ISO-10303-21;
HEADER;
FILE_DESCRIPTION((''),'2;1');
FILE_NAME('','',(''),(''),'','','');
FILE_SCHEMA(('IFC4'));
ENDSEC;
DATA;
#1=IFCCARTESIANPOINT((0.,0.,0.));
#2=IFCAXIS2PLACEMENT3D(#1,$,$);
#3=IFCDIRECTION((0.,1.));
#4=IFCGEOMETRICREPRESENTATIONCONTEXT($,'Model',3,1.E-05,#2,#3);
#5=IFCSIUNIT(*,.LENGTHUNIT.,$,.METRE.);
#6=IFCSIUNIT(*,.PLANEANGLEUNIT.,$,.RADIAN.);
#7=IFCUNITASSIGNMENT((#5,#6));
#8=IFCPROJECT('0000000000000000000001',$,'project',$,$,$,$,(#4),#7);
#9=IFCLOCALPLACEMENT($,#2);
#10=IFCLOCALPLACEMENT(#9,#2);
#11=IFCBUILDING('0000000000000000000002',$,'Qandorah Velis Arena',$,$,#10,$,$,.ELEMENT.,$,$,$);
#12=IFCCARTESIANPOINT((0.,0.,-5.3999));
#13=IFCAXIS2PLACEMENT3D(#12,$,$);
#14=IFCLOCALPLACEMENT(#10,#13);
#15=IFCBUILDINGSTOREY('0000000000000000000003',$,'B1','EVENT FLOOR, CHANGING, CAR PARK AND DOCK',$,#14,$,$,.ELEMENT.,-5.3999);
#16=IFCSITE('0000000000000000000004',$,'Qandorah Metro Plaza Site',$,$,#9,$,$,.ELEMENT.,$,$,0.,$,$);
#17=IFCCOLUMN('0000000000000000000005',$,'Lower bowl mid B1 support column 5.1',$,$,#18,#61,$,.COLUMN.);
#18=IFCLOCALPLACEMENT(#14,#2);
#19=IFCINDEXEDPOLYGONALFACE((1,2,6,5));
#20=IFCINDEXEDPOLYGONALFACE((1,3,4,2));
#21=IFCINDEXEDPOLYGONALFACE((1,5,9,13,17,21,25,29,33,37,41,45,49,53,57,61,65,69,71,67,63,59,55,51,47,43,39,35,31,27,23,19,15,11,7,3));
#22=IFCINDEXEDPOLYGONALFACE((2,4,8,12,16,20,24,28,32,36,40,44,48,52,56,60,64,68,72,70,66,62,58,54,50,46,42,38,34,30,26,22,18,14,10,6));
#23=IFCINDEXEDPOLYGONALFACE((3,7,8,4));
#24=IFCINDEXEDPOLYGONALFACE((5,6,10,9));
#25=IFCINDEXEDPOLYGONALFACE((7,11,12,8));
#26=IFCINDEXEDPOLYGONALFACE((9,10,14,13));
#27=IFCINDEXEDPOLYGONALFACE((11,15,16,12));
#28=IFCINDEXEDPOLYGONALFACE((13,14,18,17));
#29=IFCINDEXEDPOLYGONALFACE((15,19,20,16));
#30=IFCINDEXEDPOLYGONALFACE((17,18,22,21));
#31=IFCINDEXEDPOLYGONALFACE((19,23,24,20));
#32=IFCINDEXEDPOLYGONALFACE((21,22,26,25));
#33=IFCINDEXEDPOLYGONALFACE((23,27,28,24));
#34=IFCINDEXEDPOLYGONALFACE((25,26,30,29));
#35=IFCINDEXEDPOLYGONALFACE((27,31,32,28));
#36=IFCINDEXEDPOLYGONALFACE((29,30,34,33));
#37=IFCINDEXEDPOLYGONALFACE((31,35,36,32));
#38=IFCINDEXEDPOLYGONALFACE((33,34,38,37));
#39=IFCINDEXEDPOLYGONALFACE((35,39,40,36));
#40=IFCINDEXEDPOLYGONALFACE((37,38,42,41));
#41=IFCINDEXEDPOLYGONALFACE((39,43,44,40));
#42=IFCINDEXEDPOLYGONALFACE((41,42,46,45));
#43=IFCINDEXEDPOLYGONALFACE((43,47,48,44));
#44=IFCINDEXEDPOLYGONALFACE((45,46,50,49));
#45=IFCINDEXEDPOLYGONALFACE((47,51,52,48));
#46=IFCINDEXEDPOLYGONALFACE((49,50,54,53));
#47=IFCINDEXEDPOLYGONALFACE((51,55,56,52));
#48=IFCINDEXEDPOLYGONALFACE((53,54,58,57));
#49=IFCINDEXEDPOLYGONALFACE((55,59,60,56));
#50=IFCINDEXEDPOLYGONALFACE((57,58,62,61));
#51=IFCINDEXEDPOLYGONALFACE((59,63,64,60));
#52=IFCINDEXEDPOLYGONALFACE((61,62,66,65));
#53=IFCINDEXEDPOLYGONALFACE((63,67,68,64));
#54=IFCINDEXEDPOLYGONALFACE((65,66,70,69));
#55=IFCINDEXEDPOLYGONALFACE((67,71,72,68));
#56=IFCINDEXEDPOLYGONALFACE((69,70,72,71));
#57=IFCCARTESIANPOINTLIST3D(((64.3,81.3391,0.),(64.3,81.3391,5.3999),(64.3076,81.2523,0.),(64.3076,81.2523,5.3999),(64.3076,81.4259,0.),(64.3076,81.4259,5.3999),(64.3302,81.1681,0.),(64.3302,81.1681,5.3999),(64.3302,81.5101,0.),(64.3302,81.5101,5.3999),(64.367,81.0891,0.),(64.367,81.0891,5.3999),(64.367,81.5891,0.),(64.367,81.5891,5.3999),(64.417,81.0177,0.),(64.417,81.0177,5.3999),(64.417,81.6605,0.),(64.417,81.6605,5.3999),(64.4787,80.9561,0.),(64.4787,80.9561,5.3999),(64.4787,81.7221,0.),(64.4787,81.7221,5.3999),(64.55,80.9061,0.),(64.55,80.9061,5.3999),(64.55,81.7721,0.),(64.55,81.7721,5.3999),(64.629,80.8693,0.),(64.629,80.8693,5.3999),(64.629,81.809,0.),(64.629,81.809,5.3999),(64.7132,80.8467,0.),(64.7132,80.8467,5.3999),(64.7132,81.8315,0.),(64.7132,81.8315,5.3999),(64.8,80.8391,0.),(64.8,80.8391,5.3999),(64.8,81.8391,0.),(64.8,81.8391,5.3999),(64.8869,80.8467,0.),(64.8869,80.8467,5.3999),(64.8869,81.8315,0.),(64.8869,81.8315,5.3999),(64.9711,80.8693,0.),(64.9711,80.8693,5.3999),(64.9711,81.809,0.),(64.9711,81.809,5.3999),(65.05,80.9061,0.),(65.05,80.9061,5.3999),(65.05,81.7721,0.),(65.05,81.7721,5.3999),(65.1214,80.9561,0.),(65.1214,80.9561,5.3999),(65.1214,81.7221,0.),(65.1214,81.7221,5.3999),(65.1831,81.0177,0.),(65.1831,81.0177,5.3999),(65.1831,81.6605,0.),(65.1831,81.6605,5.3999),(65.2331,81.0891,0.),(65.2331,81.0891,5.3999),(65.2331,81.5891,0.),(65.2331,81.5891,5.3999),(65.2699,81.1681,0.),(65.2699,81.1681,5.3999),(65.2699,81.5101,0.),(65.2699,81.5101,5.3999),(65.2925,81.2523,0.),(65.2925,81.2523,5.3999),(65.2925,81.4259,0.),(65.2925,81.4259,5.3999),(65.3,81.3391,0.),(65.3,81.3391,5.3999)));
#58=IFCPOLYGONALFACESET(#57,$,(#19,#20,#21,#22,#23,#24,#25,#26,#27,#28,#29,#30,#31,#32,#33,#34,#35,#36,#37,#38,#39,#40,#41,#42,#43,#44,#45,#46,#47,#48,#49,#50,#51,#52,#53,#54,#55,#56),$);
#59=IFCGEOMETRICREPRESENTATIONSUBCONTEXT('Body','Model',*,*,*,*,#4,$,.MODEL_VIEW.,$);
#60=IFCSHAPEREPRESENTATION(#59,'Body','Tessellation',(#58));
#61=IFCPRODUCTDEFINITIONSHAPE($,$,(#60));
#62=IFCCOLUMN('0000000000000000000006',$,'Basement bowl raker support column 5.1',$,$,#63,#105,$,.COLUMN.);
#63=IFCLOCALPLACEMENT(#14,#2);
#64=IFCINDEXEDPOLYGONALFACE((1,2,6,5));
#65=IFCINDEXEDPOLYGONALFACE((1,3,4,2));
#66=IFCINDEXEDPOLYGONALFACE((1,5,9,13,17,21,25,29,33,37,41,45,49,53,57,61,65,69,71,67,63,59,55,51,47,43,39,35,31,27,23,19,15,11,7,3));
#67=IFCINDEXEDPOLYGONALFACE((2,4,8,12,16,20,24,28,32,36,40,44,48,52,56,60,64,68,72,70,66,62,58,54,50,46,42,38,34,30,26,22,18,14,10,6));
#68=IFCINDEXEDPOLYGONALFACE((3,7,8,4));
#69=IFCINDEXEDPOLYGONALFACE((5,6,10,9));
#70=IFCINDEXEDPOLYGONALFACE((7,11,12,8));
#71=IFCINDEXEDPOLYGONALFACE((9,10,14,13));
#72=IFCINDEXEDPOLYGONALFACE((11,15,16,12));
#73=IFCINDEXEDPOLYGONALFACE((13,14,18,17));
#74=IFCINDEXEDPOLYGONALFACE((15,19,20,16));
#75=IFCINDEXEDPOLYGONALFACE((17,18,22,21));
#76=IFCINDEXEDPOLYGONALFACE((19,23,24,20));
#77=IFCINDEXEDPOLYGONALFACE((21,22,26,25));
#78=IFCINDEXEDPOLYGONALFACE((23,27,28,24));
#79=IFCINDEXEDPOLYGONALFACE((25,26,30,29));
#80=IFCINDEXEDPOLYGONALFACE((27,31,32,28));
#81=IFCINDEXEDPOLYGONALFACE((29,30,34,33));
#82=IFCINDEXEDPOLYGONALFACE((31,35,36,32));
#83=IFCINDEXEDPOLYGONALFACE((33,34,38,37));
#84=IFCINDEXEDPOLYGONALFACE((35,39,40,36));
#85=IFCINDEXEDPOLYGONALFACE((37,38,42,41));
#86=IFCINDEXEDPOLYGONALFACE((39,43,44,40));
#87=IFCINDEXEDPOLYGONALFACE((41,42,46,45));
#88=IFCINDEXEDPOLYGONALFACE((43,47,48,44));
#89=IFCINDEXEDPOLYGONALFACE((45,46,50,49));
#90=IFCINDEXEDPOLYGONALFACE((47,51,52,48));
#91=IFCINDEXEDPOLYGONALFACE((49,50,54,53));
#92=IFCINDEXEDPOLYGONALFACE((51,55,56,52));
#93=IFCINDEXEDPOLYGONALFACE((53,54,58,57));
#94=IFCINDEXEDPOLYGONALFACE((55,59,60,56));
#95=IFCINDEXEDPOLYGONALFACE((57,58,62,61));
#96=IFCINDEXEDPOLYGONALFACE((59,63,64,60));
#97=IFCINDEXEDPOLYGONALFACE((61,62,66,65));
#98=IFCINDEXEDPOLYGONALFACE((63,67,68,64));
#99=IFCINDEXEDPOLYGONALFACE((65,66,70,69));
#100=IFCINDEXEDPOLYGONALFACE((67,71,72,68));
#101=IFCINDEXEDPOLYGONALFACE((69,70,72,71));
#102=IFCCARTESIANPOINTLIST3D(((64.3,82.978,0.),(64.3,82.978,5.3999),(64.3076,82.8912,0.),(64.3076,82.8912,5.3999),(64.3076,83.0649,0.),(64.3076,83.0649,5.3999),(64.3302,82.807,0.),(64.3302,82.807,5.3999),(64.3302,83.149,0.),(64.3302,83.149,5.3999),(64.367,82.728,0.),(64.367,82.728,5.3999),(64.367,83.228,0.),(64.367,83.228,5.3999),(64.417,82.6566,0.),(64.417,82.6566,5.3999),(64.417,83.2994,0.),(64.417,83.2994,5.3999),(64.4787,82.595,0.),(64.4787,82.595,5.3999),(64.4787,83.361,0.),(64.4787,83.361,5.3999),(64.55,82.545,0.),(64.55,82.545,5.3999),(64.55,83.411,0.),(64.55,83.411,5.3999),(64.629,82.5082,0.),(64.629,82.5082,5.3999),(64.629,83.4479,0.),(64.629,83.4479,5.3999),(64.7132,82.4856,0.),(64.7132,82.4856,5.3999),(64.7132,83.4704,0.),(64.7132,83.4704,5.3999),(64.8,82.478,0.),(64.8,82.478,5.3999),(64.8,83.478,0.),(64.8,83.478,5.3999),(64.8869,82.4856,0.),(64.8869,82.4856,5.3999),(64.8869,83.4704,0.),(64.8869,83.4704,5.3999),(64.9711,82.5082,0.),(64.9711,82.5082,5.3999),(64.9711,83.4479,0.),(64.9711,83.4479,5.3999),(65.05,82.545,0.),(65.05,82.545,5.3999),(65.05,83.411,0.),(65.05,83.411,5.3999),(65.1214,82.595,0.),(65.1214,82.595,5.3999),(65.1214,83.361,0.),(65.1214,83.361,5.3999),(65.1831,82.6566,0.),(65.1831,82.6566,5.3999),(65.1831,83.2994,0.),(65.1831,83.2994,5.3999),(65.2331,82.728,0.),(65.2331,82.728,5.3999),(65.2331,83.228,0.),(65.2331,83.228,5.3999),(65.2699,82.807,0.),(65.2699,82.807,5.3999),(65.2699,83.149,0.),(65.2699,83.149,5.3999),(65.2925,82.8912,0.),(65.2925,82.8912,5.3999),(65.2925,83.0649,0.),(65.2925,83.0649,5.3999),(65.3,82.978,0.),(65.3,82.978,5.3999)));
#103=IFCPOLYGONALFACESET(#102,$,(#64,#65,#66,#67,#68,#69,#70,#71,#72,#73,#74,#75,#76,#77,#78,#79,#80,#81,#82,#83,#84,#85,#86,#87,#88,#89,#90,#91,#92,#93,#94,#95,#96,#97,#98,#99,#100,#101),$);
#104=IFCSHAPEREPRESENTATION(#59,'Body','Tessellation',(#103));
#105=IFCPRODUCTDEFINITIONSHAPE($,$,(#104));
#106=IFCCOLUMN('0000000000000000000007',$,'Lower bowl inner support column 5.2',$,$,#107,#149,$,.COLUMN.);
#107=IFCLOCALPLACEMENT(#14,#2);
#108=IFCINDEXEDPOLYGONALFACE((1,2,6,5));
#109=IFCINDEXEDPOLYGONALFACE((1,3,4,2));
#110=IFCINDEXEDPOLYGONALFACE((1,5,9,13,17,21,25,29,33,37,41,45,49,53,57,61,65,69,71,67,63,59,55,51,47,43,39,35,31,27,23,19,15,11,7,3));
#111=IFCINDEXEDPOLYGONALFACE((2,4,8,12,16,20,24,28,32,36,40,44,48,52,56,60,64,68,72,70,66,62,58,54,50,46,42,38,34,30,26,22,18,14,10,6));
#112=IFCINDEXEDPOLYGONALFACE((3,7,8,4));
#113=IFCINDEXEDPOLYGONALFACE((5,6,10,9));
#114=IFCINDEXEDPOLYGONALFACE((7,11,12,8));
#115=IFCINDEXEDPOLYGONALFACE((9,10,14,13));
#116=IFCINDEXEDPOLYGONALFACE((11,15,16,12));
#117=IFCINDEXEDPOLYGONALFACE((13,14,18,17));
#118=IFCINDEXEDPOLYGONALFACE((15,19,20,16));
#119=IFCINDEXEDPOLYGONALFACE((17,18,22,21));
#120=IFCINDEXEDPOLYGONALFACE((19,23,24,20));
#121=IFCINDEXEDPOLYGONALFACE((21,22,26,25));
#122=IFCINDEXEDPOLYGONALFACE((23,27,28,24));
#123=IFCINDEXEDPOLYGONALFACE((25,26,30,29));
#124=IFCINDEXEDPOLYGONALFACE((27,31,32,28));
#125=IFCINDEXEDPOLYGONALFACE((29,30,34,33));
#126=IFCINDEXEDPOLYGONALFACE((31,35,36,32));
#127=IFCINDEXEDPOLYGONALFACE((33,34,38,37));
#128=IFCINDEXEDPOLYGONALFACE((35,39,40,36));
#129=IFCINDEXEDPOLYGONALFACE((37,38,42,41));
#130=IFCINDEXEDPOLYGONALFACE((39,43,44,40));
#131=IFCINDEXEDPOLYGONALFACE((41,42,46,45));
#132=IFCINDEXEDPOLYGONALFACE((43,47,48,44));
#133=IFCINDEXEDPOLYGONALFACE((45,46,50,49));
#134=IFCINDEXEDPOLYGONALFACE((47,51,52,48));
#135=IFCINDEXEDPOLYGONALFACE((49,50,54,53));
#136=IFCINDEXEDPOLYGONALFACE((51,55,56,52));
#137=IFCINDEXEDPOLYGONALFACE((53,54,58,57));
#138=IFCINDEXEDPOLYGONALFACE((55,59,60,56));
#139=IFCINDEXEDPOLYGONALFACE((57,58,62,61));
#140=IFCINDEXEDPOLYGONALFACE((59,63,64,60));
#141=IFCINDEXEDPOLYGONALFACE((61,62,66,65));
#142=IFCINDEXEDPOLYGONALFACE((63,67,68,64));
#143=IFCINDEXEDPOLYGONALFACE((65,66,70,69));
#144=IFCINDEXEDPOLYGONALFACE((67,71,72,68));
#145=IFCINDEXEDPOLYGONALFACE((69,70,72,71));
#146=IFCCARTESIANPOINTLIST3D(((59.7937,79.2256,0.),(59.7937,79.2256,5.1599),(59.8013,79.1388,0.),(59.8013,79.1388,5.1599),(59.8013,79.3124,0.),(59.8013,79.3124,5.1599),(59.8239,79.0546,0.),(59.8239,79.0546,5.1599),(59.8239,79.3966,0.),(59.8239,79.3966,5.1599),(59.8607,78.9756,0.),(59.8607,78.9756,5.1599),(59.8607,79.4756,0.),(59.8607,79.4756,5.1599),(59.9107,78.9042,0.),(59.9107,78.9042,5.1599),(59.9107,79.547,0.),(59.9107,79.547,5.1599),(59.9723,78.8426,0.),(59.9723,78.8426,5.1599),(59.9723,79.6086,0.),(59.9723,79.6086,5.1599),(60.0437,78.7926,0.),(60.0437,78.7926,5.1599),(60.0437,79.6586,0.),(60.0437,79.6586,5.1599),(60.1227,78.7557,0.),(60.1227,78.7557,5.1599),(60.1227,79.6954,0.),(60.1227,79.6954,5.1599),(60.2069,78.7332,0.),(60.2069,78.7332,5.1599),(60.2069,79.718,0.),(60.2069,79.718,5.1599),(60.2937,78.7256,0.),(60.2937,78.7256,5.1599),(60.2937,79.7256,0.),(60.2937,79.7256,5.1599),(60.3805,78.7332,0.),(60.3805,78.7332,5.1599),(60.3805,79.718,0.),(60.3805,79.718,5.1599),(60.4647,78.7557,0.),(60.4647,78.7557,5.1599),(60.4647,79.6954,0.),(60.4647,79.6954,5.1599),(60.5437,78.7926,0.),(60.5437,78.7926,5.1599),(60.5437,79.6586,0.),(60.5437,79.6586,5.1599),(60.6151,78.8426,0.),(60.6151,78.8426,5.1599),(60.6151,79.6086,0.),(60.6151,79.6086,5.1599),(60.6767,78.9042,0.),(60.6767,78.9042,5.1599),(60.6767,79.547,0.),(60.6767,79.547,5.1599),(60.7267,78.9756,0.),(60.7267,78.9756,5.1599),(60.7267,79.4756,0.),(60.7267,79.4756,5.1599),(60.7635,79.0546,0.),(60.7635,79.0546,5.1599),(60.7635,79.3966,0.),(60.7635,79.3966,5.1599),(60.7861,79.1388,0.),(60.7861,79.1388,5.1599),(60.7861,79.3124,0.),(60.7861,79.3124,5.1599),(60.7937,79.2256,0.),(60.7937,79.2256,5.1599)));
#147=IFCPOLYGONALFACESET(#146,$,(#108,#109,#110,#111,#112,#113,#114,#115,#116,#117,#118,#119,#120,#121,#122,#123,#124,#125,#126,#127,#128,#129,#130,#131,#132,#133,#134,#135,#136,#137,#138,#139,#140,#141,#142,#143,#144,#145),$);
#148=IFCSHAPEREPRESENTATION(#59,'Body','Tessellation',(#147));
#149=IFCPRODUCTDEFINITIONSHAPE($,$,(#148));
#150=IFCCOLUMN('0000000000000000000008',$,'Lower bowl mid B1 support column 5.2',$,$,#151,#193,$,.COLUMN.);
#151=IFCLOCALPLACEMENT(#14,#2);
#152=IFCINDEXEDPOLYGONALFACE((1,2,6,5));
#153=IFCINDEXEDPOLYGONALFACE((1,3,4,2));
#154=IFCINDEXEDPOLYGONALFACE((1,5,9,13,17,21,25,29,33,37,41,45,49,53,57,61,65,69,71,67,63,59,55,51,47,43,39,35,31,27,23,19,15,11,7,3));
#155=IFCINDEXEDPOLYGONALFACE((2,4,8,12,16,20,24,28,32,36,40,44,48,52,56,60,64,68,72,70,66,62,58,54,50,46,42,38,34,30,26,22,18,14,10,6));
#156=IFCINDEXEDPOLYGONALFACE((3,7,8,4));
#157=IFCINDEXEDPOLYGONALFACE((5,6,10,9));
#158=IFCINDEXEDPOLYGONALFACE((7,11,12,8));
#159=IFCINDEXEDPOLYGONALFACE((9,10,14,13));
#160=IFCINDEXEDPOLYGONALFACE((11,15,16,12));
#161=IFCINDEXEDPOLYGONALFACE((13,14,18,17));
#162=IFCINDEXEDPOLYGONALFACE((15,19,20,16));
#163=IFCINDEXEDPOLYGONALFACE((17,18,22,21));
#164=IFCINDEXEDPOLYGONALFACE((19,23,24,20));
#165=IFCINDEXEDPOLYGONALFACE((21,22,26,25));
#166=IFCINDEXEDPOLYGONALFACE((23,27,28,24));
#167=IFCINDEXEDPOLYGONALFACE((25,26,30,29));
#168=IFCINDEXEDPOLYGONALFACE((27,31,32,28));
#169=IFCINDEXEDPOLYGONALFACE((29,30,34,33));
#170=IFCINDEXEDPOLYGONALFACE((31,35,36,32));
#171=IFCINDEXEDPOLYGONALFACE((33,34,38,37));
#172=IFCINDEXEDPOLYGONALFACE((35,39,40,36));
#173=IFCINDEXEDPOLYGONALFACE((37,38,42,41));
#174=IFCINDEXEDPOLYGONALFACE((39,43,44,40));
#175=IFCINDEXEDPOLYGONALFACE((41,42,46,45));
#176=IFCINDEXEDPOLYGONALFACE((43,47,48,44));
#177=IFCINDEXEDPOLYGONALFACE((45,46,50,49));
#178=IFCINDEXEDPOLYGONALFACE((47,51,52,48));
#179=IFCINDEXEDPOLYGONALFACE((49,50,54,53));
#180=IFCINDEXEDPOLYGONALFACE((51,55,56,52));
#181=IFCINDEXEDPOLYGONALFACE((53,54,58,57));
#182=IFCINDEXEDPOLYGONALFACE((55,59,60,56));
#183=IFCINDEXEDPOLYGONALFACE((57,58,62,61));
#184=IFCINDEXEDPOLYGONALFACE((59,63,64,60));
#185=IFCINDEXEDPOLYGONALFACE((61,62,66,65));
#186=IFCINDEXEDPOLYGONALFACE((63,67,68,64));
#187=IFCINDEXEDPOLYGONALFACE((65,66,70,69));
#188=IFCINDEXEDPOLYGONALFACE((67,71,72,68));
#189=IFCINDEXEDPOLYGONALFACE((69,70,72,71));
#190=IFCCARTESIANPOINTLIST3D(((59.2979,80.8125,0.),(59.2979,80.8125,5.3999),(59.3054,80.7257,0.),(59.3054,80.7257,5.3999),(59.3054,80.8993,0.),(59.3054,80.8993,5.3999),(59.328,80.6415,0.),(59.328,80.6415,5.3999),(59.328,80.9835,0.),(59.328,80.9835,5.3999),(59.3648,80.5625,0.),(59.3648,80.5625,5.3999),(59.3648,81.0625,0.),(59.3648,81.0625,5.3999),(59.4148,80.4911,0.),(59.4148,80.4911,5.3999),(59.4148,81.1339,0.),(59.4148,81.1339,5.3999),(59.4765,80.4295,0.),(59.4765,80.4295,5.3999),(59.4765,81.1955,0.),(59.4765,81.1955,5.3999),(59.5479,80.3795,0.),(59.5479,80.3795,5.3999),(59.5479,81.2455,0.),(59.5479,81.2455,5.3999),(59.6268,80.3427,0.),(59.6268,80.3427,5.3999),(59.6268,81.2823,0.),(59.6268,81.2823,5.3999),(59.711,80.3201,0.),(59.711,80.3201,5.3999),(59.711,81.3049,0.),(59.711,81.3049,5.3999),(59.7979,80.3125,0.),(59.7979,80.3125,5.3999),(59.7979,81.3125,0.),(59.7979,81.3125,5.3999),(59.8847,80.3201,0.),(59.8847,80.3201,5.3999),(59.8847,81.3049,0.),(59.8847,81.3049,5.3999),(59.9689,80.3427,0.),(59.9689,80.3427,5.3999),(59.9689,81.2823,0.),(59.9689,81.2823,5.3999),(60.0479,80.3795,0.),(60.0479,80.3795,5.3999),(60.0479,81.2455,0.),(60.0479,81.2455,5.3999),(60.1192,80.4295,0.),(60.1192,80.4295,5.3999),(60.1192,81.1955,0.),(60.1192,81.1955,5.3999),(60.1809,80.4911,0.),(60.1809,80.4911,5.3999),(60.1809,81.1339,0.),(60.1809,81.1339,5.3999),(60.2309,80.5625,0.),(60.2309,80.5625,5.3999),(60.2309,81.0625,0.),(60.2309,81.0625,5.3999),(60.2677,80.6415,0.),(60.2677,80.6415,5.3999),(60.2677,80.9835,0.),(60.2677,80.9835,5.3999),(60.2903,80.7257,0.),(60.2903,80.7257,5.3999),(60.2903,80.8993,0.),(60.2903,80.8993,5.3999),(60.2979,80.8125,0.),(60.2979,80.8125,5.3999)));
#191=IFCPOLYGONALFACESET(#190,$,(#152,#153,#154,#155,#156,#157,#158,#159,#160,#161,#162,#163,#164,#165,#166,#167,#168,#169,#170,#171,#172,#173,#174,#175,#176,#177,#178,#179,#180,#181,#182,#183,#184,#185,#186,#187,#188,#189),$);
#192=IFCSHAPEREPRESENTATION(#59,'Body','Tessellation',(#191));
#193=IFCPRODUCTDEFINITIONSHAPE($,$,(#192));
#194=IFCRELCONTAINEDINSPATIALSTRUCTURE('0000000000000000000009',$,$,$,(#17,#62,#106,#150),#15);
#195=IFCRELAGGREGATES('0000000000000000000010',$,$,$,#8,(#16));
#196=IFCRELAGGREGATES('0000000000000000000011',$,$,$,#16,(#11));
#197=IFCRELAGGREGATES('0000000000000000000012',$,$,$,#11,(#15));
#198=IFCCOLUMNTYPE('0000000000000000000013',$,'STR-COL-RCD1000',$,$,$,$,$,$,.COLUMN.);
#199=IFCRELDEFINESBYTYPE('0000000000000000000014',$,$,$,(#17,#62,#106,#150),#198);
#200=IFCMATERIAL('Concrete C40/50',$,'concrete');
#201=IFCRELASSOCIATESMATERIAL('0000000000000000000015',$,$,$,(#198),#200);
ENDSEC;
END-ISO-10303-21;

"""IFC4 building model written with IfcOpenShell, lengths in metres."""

from ifc_helpers import new_model, si_unit, direction, frame, origin, origin_2d, place, context, subcontext, project, spatial, circle, extrude, material, material_profile, profile_set, type_object, element, save


model = new_model("IFC4")

# Units and contexts
model_context = context("Model", 3, precision=1e-05, world=origin(), true_north=direction((0.0, 1.0)))
body_context = subcontext(model_context, "Body", "Model", "MODEL_VIEW")
ifc_project = project(units=[si_unit("LENGTHUNIT", "METRE"), si_unit("PLANEANGLEUNIT", "RADIAN")], contexts=[model_context])

# Site, building, storey
site_placement = place(None, origin())
site = spatial("IfcSite", under=ifc_project, at=site_placement, Name="Qandorah Metro Plaza Site", CompositionType="ELEMENT", RefElevation=0.0)
building_placement = place(site_placement, origin())
building = spatial("IfcBuilding", under=site, at=building_placement, Name="Qandorah Velis Arena", CompositionType="ELEMENT")
storey_placement = place(building_placement, frame((0.0, 0.0, -5.3999)))
storey = spatial("IfcBuildingStorey", under=building, at=storey_placement, Name="B1", Description="EVENT FLOOR, CHANGING, CAR PARK AND DOCK", CompositionType="ELEMENT", Elevation=-5.3999)

# Shared definitions
ifc_material = material(Name="Concrete C40/50", Category="concrete")

# Columns
ifc_material_profile_1 = material_profile(ifc_material, circle(Radius=0.5, at=origin_2d()), Name="RC D1000")
ifc_profile_set_1 = profile_set([ifc_material_profile_1], Name="Concrete C40/50")
column_type_1 = type_object("IfcColumnType", Name="STR-COL-RCD1000", PredefinedType="COLUMN", material=ifc_profile_set_1)
for number, where, z_axis, x_axis, name in (
    (1, (64.8, 81.3391, 0.0), (0.0, 0.0, 1.0), (1.0, 0.0, 0.0), "Lower bowl mid B1 support column 5.1"),
    (2, (64.8, 82.978, 0.0), (0.0, 0.0, 1.0), (1.0, 0.0, 0.0), "Basement bowl raker support column 5.1"),
):
    element("IfcColumn", number, at=place(storey_placement, frame(where, z_axis=z_axis, x_axis=x_axis)), inside=storey, type_object=column_type_1, Name=name, PredefinedType="COLUMN", context=body_context, shape_type="SweptSolid", body=[
        extrude(circle(Radius=0.5, at=origin_2d()), origin(), (0.0, 0.0, 1.0), 5.3999),
    ])
column_1_placement = place(storey_placement, frame((60.2937, 79.2256, 0.0), z_axis=(0.0, 0.0, 1.0), x_axis=(1.0, 0.0, 0.0)))
element("IfcColumn", 3, at=column_1_placement, inside=storey, type_object=column_type_1, Name="Lower bowl inner support column 5.2", PredefinedType="COLUMN", context=body_context, shape_type="SweptSolid", body=[
    extrude(circle(Radius=0.5, at=origin_2d()), origin(), (0.0, 0.0, 1.0), 5.1599),
])
for number, where, z_axis, x_axis, name in (
    (4, (59.7979, 80.8125, 0.0), (0.0, 0.0, 1.0), (1.0, 0.0, 0.0), "Lower bowl mid B1 support column 5.2"),
):
    element("IfcColumn", number, at=place(storey_placement, frame(where, z_axis=z_axis, x_axis=x_axis)), inside=storey, type_object=column_type_1, Name=name, PredefinedType="COLUMN", context=body_context, shape_type="SweptSolid", body=[
        extrude(circle(Radius=0.5, at=origin_2d()), origin(), (0.0, 0.0, 1.0), 5.3999),
    ])

save(model, "model.ifc")
